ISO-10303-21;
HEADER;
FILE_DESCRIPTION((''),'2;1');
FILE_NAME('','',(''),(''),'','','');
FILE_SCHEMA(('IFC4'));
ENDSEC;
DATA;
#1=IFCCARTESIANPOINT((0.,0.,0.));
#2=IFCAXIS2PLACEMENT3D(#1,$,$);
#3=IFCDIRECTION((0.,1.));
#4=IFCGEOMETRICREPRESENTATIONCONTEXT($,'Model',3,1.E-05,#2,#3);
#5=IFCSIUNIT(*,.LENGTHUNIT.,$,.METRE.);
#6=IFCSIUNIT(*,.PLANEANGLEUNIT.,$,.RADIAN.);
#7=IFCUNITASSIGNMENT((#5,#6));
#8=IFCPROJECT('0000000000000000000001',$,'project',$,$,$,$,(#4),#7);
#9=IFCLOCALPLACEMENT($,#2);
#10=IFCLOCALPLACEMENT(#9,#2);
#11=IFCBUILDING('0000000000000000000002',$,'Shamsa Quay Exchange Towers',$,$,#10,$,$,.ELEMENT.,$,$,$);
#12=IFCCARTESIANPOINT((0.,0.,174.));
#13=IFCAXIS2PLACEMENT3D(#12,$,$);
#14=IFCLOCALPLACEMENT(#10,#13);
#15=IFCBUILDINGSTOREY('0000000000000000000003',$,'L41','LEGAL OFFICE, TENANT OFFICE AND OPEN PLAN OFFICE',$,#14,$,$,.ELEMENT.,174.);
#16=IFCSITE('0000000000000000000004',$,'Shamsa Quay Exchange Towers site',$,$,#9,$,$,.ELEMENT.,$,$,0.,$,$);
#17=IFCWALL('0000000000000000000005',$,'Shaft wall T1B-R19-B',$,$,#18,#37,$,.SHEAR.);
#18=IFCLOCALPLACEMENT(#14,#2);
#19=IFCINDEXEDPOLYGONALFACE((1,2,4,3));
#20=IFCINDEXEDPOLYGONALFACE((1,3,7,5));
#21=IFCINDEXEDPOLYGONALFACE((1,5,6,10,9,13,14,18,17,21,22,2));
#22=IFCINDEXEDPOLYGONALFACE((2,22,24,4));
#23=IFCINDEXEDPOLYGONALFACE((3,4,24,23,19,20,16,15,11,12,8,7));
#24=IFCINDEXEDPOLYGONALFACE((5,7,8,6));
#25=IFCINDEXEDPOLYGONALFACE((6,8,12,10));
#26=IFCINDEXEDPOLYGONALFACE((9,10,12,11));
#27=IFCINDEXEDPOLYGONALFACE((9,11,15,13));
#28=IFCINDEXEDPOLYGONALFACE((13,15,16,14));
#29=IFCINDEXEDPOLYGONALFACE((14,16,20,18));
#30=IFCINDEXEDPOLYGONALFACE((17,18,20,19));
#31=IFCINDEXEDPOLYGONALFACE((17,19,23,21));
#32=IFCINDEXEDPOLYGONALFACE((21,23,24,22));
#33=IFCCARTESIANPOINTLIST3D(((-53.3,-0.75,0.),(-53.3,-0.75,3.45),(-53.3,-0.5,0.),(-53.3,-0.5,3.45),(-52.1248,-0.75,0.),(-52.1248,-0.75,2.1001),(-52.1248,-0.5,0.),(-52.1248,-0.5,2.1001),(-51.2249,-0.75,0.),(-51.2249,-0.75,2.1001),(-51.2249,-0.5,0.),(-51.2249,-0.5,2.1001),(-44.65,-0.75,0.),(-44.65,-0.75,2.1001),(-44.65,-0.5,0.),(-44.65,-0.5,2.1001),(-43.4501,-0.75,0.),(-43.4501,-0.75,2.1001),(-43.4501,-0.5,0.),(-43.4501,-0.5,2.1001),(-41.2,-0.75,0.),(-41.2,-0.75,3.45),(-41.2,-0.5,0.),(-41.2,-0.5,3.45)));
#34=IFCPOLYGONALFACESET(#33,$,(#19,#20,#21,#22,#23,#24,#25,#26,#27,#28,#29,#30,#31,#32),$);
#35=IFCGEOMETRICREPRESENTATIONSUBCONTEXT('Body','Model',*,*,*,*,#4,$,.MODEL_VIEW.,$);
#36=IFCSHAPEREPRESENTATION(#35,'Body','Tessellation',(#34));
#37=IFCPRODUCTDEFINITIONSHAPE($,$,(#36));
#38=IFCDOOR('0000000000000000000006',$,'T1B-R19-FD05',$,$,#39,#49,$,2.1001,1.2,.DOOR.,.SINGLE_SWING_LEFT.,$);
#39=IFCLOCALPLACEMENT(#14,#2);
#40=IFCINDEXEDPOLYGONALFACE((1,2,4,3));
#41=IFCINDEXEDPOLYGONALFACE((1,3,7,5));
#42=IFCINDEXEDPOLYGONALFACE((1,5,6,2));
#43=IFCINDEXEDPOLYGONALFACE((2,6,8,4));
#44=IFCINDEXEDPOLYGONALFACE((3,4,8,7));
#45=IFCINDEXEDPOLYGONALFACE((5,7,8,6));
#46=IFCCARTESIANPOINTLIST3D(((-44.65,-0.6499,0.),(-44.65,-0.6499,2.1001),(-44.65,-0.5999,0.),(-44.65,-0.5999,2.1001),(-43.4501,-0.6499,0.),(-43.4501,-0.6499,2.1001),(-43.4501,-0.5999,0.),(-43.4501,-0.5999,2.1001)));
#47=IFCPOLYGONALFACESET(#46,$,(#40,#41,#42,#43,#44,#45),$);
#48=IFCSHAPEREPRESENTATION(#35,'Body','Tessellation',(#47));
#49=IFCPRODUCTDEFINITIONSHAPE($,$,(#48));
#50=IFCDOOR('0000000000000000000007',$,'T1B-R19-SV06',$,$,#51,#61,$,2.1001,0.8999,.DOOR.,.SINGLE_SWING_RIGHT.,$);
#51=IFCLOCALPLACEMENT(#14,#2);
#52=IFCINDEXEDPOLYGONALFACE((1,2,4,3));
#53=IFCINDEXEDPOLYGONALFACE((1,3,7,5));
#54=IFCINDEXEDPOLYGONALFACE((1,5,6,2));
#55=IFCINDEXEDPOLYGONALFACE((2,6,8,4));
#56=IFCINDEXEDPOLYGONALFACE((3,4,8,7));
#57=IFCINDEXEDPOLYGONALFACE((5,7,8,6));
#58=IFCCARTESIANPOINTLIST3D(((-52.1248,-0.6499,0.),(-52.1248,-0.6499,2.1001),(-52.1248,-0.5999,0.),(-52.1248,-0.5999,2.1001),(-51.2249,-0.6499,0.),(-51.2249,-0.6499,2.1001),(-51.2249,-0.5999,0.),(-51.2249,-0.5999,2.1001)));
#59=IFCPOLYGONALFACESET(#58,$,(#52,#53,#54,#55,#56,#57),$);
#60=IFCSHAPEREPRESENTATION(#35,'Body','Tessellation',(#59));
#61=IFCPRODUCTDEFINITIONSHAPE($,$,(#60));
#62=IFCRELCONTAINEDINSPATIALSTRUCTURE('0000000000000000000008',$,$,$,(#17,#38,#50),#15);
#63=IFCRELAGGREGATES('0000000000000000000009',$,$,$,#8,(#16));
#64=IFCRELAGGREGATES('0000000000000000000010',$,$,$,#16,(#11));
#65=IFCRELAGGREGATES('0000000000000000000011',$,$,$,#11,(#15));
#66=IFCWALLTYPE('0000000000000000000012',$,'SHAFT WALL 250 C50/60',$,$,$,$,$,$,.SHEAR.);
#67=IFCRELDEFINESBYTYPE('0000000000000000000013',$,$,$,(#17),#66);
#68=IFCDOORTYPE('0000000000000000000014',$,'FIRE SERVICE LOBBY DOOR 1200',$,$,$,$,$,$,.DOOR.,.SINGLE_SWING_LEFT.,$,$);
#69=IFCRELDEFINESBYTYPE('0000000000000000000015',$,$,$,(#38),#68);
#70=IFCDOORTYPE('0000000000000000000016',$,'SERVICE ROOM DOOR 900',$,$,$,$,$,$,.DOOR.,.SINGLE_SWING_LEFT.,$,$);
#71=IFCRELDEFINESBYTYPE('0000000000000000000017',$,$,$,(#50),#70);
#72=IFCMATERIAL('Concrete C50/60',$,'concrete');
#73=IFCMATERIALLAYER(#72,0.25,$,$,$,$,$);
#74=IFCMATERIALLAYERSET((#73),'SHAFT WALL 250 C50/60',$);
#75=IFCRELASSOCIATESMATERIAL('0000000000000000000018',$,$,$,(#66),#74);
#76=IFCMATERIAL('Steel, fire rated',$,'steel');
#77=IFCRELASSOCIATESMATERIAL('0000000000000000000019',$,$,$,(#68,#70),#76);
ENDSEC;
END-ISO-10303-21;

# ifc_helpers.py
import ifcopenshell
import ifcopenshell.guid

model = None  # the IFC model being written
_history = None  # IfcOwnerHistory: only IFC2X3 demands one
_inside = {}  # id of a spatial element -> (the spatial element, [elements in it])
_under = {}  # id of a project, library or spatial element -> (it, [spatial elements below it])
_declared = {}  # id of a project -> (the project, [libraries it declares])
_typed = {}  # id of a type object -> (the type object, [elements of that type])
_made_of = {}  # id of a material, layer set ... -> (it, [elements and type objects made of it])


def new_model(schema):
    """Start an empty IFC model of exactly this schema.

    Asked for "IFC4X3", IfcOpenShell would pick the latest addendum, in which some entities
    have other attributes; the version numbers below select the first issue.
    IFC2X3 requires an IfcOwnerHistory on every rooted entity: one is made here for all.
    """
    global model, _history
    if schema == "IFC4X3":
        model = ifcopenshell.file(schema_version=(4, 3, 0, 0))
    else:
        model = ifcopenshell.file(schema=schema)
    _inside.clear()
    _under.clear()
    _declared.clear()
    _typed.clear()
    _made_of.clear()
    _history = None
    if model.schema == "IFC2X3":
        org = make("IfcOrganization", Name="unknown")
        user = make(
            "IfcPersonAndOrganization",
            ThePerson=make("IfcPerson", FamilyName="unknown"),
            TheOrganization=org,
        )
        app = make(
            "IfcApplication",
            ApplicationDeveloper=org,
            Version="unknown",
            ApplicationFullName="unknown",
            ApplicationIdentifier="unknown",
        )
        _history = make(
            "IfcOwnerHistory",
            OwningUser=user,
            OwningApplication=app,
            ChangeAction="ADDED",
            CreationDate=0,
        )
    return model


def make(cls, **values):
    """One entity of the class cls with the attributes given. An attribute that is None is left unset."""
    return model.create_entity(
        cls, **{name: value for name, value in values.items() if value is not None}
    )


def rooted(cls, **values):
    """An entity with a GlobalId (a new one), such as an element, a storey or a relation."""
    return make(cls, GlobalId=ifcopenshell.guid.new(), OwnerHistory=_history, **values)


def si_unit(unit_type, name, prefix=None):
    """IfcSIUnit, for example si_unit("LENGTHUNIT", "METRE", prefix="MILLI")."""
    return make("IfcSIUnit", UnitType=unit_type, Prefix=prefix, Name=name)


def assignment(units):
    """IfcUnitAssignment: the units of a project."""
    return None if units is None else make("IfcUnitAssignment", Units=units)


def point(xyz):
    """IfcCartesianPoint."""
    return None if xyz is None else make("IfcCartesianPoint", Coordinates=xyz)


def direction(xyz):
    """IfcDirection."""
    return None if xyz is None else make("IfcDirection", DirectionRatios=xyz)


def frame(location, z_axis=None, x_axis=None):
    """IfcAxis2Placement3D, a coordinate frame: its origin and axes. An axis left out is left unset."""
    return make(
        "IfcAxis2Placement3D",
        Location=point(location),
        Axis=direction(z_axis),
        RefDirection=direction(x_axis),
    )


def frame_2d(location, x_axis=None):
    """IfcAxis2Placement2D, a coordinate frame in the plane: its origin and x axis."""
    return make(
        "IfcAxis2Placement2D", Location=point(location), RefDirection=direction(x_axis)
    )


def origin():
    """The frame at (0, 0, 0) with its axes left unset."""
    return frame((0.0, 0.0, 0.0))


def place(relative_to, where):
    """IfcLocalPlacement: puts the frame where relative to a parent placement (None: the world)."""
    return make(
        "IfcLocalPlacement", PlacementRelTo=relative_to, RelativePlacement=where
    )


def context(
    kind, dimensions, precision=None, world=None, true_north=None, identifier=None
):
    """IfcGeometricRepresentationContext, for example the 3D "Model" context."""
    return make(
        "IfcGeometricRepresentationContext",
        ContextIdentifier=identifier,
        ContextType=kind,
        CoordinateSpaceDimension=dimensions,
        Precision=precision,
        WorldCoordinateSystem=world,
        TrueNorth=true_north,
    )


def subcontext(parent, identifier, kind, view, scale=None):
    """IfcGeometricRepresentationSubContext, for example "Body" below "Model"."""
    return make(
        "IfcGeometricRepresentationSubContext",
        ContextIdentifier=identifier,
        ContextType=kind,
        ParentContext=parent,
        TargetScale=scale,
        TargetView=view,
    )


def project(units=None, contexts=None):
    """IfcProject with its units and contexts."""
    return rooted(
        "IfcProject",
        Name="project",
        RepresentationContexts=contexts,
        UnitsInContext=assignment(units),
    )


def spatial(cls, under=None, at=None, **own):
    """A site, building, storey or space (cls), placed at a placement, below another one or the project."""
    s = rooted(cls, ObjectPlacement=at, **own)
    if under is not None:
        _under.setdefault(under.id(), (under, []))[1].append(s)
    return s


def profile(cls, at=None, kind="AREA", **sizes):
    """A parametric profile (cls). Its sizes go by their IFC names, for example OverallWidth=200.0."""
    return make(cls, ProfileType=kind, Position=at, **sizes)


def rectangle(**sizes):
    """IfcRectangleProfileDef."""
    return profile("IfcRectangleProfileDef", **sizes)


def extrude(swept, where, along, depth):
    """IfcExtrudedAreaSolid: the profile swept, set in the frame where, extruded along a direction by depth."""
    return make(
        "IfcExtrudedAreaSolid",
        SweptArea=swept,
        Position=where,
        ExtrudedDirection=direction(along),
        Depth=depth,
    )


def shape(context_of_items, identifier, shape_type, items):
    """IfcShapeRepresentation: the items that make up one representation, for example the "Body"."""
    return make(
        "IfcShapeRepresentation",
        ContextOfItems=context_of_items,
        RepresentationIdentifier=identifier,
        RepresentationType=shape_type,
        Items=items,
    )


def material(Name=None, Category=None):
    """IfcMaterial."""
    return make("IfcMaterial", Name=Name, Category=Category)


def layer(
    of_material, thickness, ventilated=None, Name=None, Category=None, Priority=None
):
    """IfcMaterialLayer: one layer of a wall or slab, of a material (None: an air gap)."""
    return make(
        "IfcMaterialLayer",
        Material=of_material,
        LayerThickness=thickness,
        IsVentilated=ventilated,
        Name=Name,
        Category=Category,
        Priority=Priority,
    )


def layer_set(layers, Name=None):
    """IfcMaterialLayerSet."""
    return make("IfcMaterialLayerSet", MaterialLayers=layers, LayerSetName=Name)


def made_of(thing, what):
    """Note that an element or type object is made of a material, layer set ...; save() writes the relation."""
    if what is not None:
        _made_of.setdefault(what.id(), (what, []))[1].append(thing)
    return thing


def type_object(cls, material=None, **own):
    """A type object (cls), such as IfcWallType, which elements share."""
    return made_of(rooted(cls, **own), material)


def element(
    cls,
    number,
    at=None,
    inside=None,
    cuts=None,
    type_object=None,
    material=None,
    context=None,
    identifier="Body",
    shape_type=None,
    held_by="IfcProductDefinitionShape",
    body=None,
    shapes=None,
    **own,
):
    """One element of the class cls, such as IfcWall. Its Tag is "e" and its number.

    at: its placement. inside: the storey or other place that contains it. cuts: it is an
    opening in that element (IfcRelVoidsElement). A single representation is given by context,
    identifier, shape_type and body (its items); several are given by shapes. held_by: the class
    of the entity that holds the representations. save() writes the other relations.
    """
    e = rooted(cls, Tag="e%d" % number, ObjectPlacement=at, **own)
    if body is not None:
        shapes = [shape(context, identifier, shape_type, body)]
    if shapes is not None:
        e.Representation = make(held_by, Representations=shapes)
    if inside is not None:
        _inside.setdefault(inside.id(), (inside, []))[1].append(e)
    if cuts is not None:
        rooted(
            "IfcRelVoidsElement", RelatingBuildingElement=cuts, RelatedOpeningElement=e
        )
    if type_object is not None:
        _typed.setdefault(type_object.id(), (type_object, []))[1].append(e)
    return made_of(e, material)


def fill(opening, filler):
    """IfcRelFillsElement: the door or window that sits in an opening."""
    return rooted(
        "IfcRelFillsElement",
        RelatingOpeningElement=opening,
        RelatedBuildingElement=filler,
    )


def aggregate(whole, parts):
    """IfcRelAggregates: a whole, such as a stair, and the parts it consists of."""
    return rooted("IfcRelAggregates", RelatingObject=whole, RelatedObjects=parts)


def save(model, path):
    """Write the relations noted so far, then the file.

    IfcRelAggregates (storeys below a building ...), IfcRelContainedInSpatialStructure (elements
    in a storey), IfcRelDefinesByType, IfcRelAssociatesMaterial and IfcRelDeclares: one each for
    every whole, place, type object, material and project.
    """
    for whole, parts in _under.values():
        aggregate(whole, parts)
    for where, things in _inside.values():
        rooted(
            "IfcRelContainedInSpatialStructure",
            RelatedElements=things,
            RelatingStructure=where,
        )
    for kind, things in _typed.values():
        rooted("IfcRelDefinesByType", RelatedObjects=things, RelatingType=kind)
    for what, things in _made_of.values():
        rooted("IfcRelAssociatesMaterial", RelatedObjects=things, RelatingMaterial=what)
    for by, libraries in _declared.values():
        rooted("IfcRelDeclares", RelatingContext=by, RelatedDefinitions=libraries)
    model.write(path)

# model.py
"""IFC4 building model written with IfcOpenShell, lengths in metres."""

from ifc_helpers import new_model, si_unit, direction, frame, frame_2d, origin, place, context, subcontext, project, spatial, rectangle, extrude, material, layer, layer_set, type_object, element, fill, save


model = new_model("IFC4")

# Units and contexts
model_context = context("Model", 3, precision=1e-05, world=origin(), true_north=direction((0.0, 1.0)))
body_context = subcontext(model_context, "Body", "Model", "MODEL_VIEW")
ifc_project = project(units=[si_unit("LENGTHUNIT", "METRE"), si_unit("PLANEANGLEUNIT", "RADIAN")], contexts=[model_context])

# Site, building, storey
site_placement = place(None, origin())
site = spatial("IfcSite", under=ifc_project, at=site_placement, Name="Shamsa Quay Exchange Towers site", CompositionType="ELEMENT", RefElevation=0.0)
building_placement = place(site_placement, origin())
building = spatial("IfcBuilding", under=site, at=building_placement, Name="Shamsa Quay Exchange Towers", CompositionType="ELEMENT")
storey_placement = place(building_placement, frame((0.0, 0.0, 174.0)))
storey = spatial("IfcBuildingStorey", under=building, at=storey_placement, Name="L41", Description="LEGAL OFFICE, TENANT OFFICE AND OPEN PLAN OFFICE", CompositionType="ELEMENT", Elevation=174.0)

# Wall, openings, doors
ifc_material_1 = material(Name="Concrete C50/60", Category="concrete")
ifc_layer_1 = layer(ifc_material_1, 0.25)
ifc_layer_set_1 = layer_set([ifc_layer_1], Name="SHAFT WALL 250 C50/60")
wall_type_1 = type_object("IfcWallType", Name="SHAFT WALL 250 C50/60", PredefinedType="SHEAR", material=ifc_layer_set_1)
wall_1_placement = place(storey_placement, frame((-41.2, -0.625, 0.0), z_axis=(0.0, 0.0, 1.0), x_axis=(-1.0, 0.0, 0.0)))
wall_1 = element("IfcWall", 1, at=wall_1_placement, inside=storey, type_object=wall_type_1, Name="Shaft wall T1B-R19-B", PredefinedType="SHEAR", context=body_context, shape_type="SweptSolid", body=[
    extrude(rectangle(XDim=12.1001, YDim=0.25, at=frame_2d((6.05, 0.0))), origin(), (0.0, 0.0, 1.0), 3.45),
])
opening_1_placement = place(wall_1_placement, frame((2.25, 0.0, 0.0)))
opening_1 = element("IfcOpeningElement", 2, at=opening_1_placement, cuts=wall_1, PredefinedType="OPENING", context=body_context, shape_type="SweptSolid", body=[
    extrude(rectangle(XDim=1.2, YDim=2.1001, at=frame_2d((0.6001, 1.05))), frame((0.0, 0.135, 0.0), z_axis=(0.0, -1.0, 0.0), x_axis=(1.0, 0.0, 0.0)), (0.0, 0.0, 1.0), 0.27),
])
opening_2_placement = place(wall_1_placement, frame((10.0249, 0.0, 0.0)))
opening_2 = element("IfcOpeningElement", 3, at=opening_2_placement, cuts=wall_1, PredefinedType="OPENING", context=body_context, shape_type="SweptSolid", body=[
    extrude(rectangle(XDim=0.8999, YDim=2.1001, at=frame_2d((0.45, 1.05))), frame((0.0, 0.135, 0.0), z_axis=(0.0, -1.0, 0.0), x_axis=(1.0, 0.0, 0.0)), (0.0, 0.0, 1.0), 0.27),
])
ifc_material_2 = material(Name="Steel, fire rated", Category="steel")
door_type_1 = type_object("IfcDoorType", Name="FIRE SERVICE LOBBY DOOR 1200", OperationType="SINGLE_SWING_LEFT", PredefinedType="DOOR", material=ifc_material_2)
door_1_placement = place(opening_1_placement, origin())
door_1 = element("IfcDoor", 4, at=door_1_placement, inside=storey, type_object=door_type_1, Name="T1B-R19-FD05", OperationType="SINGLE_SWING_LEFT", OverallHeight=2.1001, OverallWidth=1.2, PredefinedType="DOOR", context=body_context, shape_type="SweptSolid", body=[
    extrude(rectangle(XDim=1.2, YDim=2.1001, at=frame_2d((0.6001, 1.05))), frame((0.0, 0.0249, 0.0), z_axis=(0.0, -1.0, 0.0), x_axis=(1.0, 0.0, 0.0)), (0.0, 0.0, 1.0), 0.05),
])
fill(opening_1, door_1)
door_type_2 = type_object("IfcDoorType", Name="SERVICE ROOM DOOR 900", OperationType="SINGLE_SWING_LEFT", PredefinedType="DOOR", material=ifc_material_2)
door_2_placement = place(opening_2_placement, origin())
door_2 = element("IfcDoor", 5, at=door_2_placement, inside=storey, type_object=door_type_2, Name="T1B-R19-SV06", OperationType="SINGLE_SWING_RIGHT", OverallHeight=2.1001, OverallWidth=0.8999, PredefinedType="DOOR", context=body_context, shape_type="SweptSolid", body=[
    extrude(rectangle(XDim=0.8999, YDim=2.1001, at=frame_2d((0.45, 1.05))), frame((0.0, 0.0249, 0.0), z_axis=(0.0, -1.0, 0.0), x_axis=(1.0, 0.0, 0.0)), (0.0, 0.0, 1.0), 0.05),
])
fill(opening_2, door_2)

save(model, "model.ifc")
